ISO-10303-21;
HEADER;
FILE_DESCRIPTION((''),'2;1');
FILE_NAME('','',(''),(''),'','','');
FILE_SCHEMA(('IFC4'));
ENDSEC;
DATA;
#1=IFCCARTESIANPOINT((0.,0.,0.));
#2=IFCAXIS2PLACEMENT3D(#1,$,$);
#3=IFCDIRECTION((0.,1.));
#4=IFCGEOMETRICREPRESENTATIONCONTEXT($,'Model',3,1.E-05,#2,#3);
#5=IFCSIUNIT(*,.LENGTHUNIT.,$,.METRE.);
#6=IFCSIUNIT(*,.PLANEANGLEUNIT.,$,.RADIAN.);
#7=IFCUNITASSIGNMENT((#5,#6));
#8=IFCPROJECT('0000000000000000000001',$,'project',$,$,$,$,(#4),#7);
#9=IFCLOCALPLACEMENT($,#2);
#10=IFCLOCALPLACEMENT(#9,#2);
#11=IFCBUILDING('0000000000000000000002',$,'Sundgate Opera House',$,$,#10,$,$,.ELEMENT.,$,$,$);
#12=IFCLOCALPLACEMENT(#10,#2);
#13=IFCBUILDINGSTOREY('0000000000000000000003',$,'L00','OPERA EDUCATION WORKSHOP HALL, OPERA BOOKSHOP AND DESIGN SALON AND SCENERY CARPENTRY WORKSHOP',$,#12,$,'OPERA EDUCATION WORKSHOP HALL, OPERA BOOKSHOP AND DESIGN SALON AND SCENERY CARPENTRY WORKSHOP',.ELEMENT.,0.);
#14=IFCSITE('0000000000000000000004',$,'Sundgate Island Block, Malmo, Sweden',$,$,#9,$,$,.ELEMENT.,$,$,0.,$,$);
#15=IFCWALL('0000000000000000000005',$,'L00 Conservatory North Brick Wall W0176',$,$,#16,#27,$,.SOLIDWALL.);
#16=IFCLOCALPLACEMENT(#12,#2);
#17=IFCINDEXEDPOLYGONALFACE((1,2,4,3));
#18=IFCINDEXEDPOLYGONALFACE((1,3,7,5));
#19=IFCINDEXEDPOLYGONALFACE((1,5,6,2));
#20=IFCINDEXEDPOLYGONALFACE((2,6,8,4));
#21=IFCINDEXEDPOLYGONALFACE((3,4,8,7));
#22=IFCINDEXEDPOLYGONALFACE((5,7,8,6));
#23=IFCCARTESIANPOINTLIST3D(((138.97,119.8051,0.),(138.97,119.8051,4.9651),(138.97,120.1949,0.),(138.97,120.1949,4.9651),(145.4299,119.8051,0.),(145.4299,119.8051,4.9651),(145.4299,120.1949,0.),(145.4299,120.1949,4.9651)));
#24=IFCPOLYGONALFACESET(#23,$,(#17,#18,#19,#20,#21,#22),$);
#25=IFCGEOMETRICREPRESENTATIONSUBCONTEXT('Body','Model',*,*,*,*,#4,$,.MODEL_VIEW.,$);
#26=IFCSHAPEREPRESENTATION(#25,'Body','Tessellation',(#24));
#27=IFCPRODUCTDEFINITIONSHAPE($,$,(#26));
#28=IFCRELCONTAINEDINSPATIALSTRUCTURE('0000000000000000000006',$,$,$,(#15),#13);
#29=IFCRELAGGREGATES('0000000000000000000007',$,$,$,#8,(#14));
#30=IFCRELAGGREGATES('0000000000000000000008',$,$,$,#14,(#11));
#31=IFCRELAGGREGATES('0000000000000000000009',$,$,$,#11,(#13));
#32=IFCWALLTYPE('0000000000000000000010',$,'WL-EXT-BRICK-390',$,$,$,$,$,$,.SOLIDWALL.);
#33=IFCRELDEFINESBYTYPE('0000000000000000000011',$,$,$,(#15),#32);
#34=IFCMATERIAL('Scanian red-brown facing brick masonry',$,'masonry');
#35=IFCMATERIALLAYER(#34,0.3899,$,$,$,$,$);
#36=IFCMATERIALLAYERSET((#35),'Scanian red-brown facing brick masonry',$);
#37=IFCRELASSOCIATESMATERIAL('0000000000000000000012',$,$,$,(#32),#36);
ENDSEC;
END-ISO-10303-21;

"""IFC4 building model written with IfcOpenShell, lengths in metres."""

from ifc_helpers import new_model, si_unit, direction, frame, frame_2d, origin, place, context, subcontext, project, spatial, rectangle, extrude, material, layer, layer_set, type_object, element, save


model = new_model("IFC4")

# Units and contexts
model_context = context("Model", 3, precision=1e-05, world=origin(), true_north=direction((0.0, 1.0)))
body_context = subcontext(model_context, "Body", "Model", "MODEL_VIEW")
ifc_project = project(units=[si_unit("LENGTHUNIT", "METRE"), si_unit("PLANEANGLEUNIT", "RADIAN")], contexts=[model_context])

# Site, building, storey
site_placement = place(None, origin())
site = spatial("IfcSite", under=ifc_project, at=site_placement, Name="Sundgate Island Block, Malmo, Sweden", CompositionType="ELEMENT", RefElevation=0.0)
building_placement = place(site_placement, origin())
building = spatial("IfcBuilding", under=site, at=building_placement, Name="Sundgate Opera House", CompositionType="ELEMENT")
storey_placement = place(building_placement, origin())
storey = spatial("IfcBuildingStorey", under=building, at=storey_placement, Name="L00", Description="OPERA EDUCATION WORKSHOP HALL, OPERA BOOKSHOP AND DESIGN SALON AND SCENERY CARPENTRY WORKSHOP", LongName="OPERA EDUCATION WORKSHOP HALL, OPERA BOOKSHOP AND DESIGN SALON AND SCENERY CARPENTRY WORKSHOP", CompositionType="ELEMENT", Elevation=0.0)

# Wall
ifc_material_1 = material(Name="Scanian red-brown facing brick masonry", Category="masonry")
ifc_layer_1 = layer(ifc_material_1, 0.3899)
ifc_layer_set_1 = layer_set([ifc_layer_1], Name="Scanian red-brown facing brick masonry")
wall_type = type_object("IfcWallType", Name="WL-EXT-BRICK-390", PredefinedType="SOLIDWALL", material=ifc_layer_set_1)
wall_placement = place(storey_placement, frame((138.97, 120.0, 0.0), z_axis=(0.0, 0.0, 1.0), x_axis=(1.0, 0.0, 0.0)))
element("IfcWall", 1, at=wall_placement, inside=storey, type_object=wall_type, Name="L00 Conservatory North Brick Wall W0176", PredefinedType="SOLIDWALL", context=body_context, shape_type="SweptSolid", body=[
    extrude(rectangle(XDim=6.46, YDim=0.3899, at=frame_2d((3.23, 0.0))), origin(), (0.0, 0.0, 1.0), 4.9651),
])

save(model, "model.ifc")
